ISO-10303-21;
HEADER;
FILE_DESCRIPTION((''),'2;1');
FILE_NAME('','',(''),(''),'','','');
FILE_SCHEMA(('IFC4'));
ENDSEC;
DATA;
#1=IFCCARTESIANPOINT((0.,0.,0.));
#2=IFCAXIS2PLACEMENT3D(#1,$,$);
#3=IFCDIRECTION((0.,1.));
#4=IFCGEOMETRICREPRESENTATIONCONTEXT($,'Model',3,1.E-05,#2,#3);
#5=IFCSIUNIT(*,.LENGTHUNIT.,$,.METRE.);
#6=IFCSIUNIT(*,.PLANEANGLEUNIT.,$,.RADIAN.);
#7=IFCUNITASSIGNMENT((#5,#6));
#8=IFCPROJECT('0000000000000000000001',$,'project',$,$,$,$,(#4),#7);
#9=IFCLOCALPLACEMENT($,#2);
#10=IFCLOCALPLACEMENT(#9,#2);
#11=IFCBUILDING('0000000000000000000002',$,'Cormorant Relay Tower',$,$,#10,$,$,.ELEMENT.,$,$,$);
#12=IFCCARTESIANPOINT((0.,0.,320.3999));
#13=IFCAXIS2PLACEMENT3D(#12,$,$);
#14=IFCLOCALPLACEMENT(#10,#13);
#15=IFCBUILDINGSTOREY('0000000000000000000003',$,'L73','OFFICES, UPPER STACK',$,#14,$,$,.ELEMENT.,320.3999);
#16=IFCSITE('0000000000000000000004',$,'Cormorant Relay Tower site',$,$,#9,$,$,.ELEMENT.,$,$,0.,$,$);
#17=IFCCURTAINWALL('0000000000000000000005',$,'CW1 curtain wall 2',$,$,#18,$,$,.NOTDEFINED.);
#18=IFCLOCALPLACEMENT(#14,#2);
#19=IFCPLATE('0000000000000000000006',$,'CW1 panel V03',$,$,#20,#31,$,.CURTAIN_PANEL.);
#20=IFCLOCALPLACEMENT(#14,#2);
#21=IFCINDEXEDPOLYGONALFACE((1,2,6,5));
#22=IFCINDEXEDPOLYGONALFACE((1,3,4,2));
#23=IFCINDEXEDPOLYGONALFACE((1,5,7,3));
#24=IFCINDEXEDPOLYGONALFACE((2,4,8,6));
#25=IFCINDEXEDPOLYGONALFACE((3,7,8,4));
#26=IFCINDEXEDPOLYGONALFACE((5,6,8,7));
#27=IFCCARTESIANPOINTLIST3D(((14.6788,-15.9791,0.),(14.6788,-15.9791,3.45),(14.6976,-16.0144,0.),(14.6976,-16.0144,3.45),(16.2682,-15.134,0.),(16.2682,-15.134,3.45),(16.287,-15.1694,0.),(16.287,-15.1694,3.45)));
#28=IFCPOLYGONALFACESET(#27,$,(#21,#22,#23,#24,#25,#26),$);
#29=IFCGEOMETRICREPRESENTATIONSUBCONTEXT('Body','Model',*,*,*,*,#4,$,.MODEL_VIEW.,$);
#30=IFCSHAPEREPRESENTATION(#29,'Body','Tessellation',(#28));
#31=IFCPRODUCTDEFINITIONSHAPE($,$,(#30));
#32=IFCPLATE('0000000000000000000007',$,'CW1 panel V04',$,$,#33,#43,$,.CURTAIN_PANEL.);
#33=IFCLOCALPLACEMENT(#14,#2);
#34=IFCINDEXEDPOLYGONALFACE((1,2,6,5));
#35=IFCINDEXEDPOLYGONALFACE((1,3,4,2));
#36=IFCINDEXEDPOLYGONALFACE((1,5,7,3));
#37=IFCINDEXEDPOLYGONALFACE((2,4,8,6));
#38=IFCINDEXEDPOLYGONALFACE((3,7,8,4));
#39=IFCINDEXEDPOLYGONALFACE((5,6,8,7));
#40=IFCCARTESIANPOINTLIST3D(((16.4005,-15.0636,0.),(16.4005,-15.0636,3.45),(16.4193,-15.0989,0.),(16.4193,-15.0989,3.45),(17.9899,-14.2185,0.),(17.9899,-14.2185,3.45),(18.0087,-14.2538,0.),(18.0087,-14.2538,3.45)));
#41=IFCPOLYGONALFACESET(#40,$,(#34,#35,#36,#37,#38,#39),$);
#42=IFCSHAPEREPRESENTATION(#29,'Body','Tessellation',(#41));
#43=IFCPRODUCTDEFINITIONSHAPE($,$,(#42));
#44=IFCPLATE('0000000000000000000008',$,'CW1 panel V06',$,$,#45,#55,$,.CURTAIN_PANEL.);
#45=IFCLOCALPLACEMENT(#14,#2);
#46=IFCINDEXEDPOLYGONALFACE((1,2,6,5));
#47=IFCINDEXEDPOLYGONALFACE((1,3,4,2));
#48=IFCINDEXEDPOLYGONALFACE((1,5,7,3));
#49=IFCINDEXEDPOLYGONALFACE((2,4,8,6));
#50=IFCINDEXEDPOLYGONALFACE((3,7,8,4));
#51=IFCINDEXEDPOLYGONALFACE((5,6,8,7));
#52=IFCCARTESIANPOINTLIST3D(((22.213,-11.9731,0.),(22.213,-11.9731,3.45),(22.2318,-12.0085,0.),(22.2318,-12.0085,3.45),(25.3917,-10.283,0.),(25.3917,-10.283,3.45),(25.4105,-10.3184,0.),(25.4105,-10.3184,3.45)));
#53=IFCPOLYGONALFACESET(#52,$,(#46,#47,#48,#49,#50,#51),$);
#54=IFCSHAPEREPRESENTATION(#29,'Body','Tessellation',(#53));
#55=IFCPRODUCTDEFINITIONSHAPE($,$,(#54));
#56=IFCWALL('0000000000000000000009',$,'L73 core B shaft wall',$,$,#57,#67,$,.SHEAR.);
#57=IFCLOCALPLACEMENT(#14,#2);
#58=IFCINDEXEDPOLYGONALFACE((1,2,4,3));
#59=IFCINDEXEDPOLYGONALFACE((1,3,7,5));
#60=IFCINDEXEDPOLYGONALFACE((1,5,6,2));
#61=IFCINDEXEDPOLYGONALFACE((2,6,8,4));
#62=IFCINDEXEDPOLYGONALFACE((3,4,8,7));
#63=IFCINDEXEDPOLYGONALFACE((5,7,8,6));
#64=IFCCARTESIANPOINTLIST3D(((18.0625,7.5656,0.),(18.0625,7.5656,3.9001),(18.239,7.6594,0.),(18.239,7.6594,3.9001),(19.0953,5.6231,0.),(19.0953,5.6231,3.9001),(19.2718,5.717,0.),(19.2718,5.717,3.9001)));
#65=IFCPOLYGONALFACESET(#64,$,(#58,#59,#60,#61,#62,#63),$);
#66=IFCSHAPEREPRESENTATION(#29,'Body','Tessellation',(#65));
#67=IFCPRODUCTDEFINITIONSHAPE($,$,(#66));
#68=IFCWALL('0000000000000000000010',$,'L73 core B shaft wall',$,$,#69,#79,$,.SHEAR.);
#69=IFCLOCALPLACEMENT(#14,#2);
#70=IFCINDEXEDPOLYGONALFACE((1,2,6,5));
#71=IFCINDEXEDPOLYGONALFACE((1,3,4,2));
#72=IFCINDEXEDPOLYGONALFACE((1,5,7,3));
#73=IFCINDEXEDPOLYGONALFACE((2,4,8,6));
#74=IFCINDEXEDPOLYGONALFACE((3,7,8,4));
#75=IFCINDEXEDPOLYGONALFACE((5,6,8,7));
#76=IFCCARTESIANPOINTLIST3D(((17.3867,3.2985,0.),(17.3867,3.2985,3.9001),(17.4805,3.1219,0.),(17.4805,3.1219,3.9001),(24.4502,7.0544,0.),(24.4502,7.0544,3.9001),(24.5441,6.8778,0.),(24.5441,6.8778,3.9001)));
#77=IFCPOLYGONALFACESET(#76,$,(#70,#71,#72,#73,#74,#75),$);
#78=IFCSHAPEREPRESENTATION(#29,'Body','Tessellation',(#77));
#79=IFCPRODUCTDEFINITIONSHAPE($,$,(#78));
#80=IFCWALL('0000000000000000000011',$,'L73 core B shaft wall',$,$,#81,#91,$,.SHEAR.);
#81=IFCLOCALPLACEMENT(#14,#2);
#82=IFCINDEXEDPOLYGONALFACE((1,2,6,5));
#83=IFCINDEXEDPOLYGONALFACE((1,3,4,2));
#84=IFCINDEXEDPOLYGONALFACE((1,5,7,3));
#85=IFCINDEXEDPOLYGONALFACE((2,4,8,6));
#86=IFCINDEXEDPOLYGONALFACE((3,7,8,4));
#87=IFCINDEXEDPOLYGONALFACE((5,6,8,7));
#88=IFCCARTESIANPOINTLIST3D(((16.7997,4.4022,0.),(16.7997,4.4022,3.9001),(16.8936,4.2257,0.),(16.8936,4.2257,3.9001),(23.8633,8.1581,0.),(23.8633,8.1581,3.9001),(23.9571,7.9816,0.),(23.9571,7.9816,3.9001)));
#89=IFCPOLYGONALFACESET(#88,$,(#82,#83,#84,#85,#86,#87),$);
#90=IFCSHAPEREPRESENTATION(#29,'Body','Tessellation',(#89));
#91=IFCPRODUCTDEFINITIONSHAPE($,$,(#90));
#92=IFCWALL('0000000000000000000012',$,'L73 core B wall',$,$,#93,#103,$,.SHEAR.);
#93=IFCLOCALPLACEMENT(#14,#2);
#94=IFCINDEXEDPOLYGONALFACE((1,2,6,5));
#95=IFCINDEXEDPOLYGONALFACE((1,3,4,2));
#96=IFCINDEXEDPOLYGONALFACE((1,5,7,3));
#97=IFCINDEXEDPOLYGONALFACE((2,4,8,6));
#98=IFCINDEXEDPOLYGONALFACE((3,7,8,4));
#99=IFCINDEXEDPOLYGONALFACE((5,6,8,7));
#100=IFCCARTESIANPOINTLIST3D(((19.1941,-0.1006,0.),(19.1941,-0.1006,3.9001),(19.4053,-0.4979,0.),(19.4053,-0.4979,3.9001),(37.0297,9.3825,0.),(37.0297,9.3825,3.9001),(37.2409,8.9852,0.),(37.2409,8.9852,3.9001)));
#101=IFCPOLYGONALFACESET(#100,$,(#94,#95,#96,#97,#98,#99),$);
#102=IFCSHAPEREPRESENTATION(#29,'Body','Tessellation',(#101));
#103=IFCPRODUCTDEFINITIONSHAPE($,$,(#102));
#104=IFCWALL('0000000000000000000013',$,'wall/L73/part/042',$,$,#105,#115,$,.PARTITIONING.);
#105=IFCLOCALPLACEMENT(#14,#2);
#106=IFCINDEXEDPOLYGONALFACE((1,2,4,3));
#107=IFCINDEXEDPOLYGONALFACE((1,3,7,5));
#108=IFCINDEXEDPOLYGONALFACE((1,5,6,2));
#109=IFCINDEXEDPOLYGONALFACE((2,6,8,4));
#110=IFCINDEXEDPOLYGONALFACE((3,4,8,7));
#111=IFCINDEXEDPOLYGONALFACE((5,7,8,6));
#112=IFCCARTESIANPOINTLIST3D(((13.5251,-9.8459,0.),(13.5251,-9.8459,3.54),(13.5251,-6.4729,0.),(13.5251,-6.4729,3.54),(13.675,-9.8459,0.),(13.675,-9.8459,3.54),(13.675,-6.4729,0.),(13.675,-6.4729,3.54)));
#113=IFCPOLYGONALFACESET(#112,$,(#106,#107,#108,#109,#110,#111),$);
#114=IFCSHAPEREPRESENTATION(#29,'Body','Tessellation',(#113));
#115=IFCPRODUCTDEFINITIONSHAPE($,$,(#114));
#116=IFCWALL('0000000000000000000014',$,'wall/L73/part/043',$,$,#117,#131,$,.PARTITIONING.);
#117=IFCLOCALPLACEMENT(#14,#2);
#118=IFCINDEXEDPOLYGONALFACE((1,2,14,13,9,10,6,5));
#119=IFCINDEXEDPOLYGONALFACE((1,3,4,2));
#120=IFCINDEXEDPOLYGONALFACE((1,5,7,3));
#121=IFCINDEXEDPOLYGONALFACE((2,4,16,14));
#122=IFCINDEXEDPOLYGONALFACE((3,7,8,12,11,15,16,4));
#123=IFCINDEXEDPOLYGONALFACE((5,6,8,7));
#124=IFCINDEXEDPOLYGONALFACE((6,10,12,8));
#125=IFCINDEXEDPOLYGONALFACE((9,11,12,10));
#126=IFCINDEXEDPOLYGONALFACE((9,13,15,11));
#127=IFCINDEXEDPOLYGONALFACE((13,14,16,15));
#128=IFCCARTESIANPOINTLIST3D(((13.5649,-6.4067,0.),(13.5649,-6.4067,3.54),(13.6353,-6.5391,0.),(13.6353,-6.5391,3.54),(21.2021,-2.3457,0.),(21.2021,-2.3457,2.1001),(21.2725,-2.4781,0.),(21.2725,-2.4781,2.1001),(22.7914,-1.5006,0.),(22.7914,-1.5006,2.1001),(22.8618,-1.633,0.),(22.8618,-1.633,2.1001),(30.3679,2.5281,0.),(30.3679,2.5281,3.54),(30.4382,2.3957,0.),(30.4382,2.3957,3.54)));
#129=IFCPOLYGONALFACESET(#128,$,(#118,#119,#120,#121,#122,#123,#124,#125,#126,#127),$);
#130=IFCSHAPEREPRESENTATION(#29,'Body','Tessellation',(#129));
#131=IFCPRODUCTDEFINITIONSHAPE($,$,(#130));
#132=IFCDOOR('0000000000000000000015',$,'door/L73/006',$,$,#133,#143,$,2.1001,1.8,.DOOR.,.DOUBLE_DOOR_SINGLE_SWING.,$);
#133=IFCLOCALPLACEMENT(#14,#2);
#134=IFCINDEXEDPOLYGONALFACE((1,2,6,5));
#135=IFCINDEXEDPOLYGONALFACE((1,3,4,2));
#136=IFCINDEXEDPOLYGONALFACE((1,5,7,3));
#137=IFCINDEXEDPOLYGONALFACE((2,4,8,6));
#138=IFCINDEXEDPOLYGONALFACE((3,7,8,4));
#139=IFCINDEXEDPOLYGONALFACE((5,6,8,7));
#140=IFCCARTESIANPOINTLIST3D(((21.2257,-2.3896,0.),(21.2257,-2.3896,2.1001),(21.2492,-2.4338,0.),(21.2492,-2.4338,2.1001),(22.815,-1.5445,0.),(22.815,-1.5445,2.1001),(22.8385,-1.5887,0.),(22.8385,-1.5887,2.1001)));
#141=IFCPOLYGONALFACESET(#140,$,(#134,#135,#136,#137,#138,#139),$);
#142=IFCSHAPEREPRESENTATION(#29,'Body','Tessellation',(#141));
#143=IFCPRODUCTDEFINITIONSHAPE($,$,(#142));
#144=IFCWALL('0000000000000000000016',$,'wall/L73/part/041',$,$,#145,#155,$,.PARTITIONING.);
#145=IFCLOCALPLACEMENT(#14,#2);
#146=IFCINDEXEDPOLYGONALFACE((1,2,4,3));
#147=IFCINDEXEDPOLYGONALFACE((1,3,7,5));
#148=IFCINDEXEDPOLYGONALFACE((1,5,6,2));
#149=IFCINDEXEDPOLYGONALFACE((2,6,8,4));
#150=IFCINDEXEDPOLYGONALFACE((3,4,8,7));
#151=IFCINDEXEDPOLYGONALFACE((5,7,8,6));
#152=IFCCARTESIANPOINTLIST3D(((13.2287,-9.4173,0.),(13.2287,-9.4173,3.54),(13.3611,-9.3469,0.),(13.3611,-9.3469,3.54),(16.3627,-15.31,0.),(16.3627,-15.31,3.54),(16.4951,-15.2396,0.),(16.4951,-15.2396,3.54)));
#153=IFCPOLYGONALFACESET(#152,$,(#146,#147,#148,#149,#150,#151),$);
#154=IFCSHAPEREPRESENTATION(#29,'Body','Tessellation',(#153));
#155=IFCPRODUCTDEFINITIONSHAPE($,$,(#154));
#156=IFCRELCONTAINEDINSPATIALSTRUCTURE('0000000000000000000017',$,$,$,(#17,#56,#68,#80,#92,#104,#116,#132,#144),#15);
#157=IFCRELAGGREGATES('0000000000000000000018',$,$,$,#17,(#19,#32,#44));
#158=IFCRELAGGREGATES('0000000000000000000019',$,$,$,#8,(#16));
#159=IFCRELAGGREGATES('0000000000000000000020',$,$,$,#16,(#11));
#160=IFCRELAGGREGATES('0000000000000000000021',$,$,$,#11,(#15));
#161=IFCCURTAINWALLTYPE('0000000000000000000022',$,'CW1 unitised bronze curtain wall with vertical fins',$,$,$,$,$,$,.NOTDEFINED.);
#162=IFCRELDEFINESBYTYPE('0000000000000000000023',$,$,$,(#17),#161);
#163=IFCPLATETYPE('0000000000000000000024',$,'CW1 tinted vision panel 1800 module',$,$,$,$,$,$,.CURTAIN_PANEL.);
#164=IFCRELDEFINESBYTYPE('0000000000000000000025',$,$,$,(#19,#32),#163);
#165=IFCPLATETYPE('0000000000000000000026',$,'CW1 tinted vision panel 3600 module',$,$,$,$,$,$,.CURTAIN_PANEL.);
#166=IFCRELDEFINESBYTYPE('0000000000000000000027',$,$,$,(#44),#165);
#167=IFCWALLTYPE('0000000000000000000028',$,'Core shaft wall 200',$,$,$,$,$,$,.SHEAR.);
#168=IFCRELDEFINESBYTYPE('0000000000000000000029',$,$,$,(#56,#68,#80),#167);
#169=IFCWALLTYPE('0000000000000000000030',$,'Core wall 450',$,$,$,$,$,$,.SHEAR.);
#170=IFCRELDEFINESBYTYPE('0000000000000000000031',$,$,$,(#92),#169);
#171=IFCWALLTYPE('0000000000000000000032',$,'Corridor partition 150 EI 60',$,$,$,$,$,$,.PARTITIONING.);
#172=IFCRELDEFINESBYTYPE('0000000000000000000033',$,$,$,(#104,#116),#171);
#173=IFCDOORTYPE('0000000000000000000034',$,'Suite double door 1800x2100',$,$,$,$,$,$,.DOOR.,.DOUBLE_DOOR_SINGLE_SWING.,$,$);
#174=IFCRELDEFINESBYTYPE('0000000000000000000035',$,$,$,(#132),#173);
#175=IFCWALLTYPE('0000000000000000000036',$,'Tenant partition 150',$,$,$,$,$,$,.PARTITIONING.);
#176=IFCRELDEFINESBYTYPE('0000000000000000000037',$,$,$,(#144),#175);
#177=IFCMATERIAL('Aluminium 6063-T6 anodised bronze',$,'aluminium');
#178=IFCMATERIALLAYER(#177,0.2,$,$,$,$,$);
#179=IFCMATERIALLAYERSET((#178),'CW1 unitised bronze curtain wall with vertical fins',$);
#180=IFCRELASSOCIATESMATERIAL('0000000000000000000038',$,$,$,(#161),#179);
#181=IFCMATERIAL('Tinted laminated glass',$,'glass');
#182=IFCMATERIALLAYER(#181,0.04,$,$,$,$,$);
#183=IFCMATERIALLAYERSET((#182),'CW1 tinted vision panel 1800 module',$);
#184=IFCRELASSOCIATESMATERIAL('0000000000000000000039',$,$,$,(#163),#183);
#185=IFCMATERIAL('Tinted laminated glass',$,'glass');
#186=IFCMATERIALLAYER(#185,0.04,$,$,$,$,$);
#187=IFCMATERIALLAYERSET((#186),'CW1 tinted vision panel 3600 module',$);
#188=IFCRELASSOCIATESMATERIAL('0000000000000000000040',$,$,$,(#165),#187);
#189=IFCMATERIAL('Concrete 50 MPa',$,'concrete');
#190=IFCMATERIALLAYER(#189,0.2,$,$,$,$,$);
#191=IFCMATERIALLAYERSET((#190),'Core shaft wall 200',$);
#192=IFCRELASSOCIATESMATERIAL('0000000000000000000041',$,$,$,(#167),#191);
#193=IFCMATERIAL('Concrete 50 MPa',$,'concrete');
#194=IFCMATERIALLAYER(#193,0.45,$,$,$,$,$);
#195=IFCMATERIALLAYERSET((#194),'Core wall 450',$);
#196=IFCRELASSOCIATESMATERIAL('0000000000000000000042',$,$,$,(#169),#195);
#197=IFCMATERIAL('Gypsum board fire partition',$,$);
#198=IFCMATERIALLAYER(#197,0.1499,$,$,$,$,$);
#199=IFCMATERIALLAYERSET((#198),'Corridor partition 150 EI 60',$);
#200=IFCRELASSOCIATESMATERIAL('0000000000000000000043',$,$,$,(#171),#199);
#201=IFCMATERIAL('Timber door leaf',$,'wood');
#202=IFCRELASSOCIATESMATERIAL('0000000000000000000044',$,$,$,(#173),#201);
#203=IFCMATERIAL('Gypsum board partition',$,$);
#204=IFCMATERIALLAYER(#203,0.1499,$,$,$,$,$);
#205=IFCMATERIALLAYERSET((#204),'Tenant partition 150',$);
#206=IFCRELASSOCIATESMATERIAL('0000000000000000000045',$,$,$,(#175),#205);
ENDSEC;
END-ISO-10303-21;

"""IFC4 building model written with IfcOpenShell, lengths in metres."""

from ifc_helpers import new_model, si_unit, direction, frame, frame_2d, origin, origin_2d, place, context, subcontext, project, spatial, rectangle, extrude, material, layer, layer_set, type_object, element, fill, aggregate, save


model = new_model("IFC4")

# Units and contexts
model_context = context("Model", 3, precision=1e-05, world=origin(), true_north=direction((0.0, 1.0)))
body_context = subcontext(model_context, "Body", "Model", "MODEL_VIEW")
ifc_project = project(units=[si_unit("LENGTHUNIT", "METRE"), si_unit("PLANEANGLEUNIT", "RADIAN")], contexts=[model_context])

# Site, building, storey
site_placement = place(None, origin())
site = spatial("IfcSite", under=ifc_project, at=site_placement, Name="Cormorant Relay Tower site", CompositionType="ELEMENT", RefElevation=0.0)
building_placement = place(site_placement, origin())
building = spatial("IfcBuilding", under=site, at=building_placement, Name="Cormorant Relay Tower", CompositionType="ELEMENT")
storey_placement = place(building_placement, frame((0.0, 0.0, 320.3999)))
storey = spatial("IfcBuildingStorey", under=building, at=storey_placement, Name="L73", Description="OFFICES, UPPER STACK", CompositionType="ELEMENT", Elevation=320.3999)

# Curtain wall
ifc_material_1 = material(Name="Aluminium 6063-T6 anodised bronze", Category="aluminium")
ifc_layer_1 = layer(ifc_material_1, 0.2)
ifc_layer_set_1 = layer_set([ifc_layer_1], Name="CW1 unitised bronze curtain wall with vertical fins")
curtain_wall_type = type_object("IfcCurtainWallType", Name="CW1 unitised bronze curtain wall with vertical fins", PredefinedType="NOTDEFINED", material=ifc_layer_set_1)
curtain_wall_placement = place(storey_placement, origin())
curtain_wall = element("IfcCurtainWall", 1, at=curtain_wall_placement, inside=storey, type_object=curtain_wall_type, Name="CW1 curtain wall 2", PredefinedType="NOTDEFINED")

# Plates
ifc_material_2 = material(Name="Tinted laminated glass", Category="glass")
ifc_layer_2 = layer(ifc_material_2, 0.04)
ifc_layer_set_2 = layer_set([ifc_layer_2], Name="CW1 tinted vision panel 1800 module")
plate_type_1 = type_object("IfcPlateType", Name="CW1 tinted vision panel 1800 module", PredefinedType="CURTAIN_PANEL", material=ifc_layer_set_2)
plate_1_placement = place(storey_placement, frame((15.4829, -15.5742, 0.0), z_axis=(0.0, 0.0, 1.0), x_axis=(0.882948, 0.469472, 0.0)))
plate_1 = element("IfcPlate", 2, at=plate_1_placement, type_object=plate_type_1, Name="CW1 panel V03", PredefinedType="CURTAIN_PANEL", context=body_context, shape_type="SweptSolid", body=[
    extrude(rectangle(XDim=1.8, YDim=0.04, at=origin_2d()), origin(), (0.0, 0.0, 1.0), 3.45),
])
plate_2_placement = place(storey_placement, frame((17.2046, -14.6587, 0.0), z_axis=(0.0, 0.0, 1.0), x_axis=(0.882948, 0.469472, 0.0)))
plate_2 = element("IfcPlate", 3, at=plate_2_placement, type_object=plate_type_1, Name="CW1 panel V04", PredefinedType="CURTAIN_PANEL", context=body_context, shape_type="SweptSolid", body=[
    extrude(rectangle(XDim=1.8, YDim=0.04, at=origin_2d()), origin(), (0.0, 0.0, 1.0), 3.45),
])
ifc_material_3 = material(Name="Tinted laminated glass", Category="glass")
ifc_layer_3 = layer(ifc_material_3, 0.04)
ifc_layer_set_3 = layer_set([ifc_layer_3], Name="CW1 tinted vision panel 3600 module")
plate_type_2 = type_object("IfcPlateType", Name="CW1 tinted vision panel 3600 module", PredefinedType="CURTAIN_PANEL", material=ifc_layer_set_3)
plate_3_placement = place(storey_placement, frame((23.8118, -11.1458, 0.0), z_axis=(0.0, 0.0, 1.0), x_axis=(0.882948, 0.469472, 0.0)))
plate_3 = element("IfcPlate", 4, at=plate_3_placement, type_object=plate_type_2, Name="CW1 panel V06", PredefinedType="CURTAIN_PANEL", context=body_context, shape_type="SweptSolid", body=[
    extrude(rectangle(XDim=3.6001, YDim=0.04, at=origin_2d()), origin(), (0.0, 0.0, 1.0), 3.45),
])

# Walls
ifc_material_4 = material(Name="Concrete 50 MPa", Category="concrete")
ifc_layer_4 = layer(ifc_material_4, 0.2)
ifc_layer_set_4 = layer_set([ifc_layer_4], Name="Core shaft wall 200")
wall_type_1 = type_object("IfcWallType", Name="Core shaft wall 200", PredefinedType="SHEAR", material=ifc_layer_set_4)
wall_1_placement = place(storey_placement, frame((19.1836, 5.6699, 0.0), z_axis=(0.0, 0.0, 1.0), x_axis=(-0.469447, 0.88296, 0.0)))
element("IfcWall", 5, at=wall_1_placement, inside=storey, type_object=wall_type_1, Name="L73 core B shaft wall", PredefinedType="SHEAR", context=body_context, shape_type="SweptSolid", body=[
    extrude(rectangle(XDim=2.2, YDim=0.2, at=frame_2d((1.1001, 0.0))), origin(), (0.0, 0.0, 1.0), 3.9001),
])
for number, where, z_axis, x_axis, name in (
    (6, (17.4336, 3.2102, 0.0), (0.0, 0.0, 1.0), (0.88294, 0.469485, 0.0), "L73 core B shaft wall"),
    (7, (16.8467, 4.314, 0.0), (0.0, 0.0, 1.0), (0.88294, 0.469485, 0.0), "L73 core B shaft wall"),
):
    element("IfcWall", number, at=place(storey_placement, frame(where, z_axis=z_axis, x_axis=x_axis)), inside=storey, type_object=wall_type_1, Name=name, PredefinedType="SHEAR", context=body_context, shape_type="SweptSolid", body=[
        extrude(rectangle(XDim=8.0, YDim=0.2, at=frame_2d((4.0, 0.0))), origin(), (0.0, 0.0, 1.0), 3.9001),
    ])

# Shared definitions
ifc_material_5 = material(Name="Concrete 50 MPa", Category="concrete")
ifc_layer_5 = layer(ifc_material_5, 0.45)
ifc_layer_set_5 = layer_set([ifc_layer_5], Name="Core wall 450")
wall_type_2 = type_object("IfcWallType", Name="Core wall 450", PredefinedType="SHEAR", material=ifc_layer_set_5)

# Walls
wall_2_placement = place(storey_placement, frame((19.2996, -0.2993, 0.0), z_axis=(0.0, 0.0, 1.0), x_axis=(0.882953, 0.469462, 0.0)))
element("IfcWall", 8, at=wall_2_placement, inside=storey, type_object=wall_type_2, Name="L73 core B wall", PredefinedType="SHEAR", context=body_context, shape_type="SweptSolid", body=[
    extrude(rectangle(XDim=20.2, YDim=0.45, at=frame_2d((10.1001, 0.0))), origin(), (0.0, 0.0, 1.0), 3.9001),
])
ifc_material_6 = material(Name="Gypsum board fire partition")
ifc_layer_6 = layer(ifc_material_6, 0.1499)
ifc_layer_set_6 = layer_set([ifc_layer_6], Name="Corridor partition 150 EI 60")
wall_type_3 = type_object("IfcWallType", Name="Corridor partition 150 EI 60", PredefinedType="PARTITIONING", material=ifc_layer_set_6)
wall_3_placement = place(storey_placement, frame((13.6001, -6.4729, 0.0), z_axis=(0.0, 0.0, 1.0), x_axis=(0.0, -1.0, 0.0)))
element("IfcWall", 9, at=wall_3_placement, inside=storey, type_object=wall_type_3, Name="wall/L73/part/042", PredefinedType="PARTITIONING", context=body_context, shape_type="SweptSolid", body=[
    extrude(rectangle(XDim=3.373, YDim=0.1499, at=frame_2d((1.6865, 0.0))), origin(), (0.0, 0.0, 1.0), 3.54),
])

# Wall, opening, door
wall_4_placement = place(storey_placement, frame((13.6001, -6.4729, 0.0), z_axis=(0.0, 0.0, 1.0), x_axis=(0.882936, 0.469493, 0.0)))
wall_4 = element("IfcWall", 10, at=wall_4_placement, inside=storey, type_object=wall_type_3, Name="wall/L73/part/043", PredefinedType="PARTITIONING", context=body_context, shape_type="SweptSolid", body=[
    extrude(rectangle(XDim=19.0308, YDim=0.1499, at=frame_2d((9.5154, 0.0))), origin(), (0.0, 0.0, 1.0), 3.54),
])
opening_1_placement = place(wall_4_placement, frame((8.6499, 0.0, 0.0)))
opening_1 = element("IfcOpeningElement", 11, at=opening_1_placement, cuts=wall_4, PredefinedType="OPENING", context=body_context, shape_type="SweptSolid", body=[
    extrude(rectangle(XDim=1.8, YDim=2.1001, at=frame_2d((0.8999, 1.05))), frame((0.0, 0.085, 0.0), z_axis=(0.0, -1.0, 0.0), x_axis=(1.0, 0.0, 0.0)), (0.0, 0.0, 1.0), 0.1699),
])
ifc_material_7 = material(Name="Timber door leaf", Category="wood")
door_type_1 = type_object("IfcDoorType", Name="Suite double door 1800x2100", OperationType="DOUBLE_DOOR_SINGLE_SWING", PredefinedType="DOOR", material=ifc_material_7)
door_1_placement = place(opening_1_placement, frame((1.8, 0.0, 0.0), z_axis=(0.0, 0.0, 1.0), x_axis=(-1.0, 0.0, 0.0)))
door_1 = element("IfcDoor", 12, at=door_1_placement, inside=storey, type_object=door_type_1, Name="door/L73/006", OperationType="DOUBLE_DOOR_SINGLE_SWING", OverallHeight=2.1001, OverallWidth=1.8, PredefinedType="DOOR", context=body_context, shape_type="SweptSolid", body=[
    extrude(rectangle(XDim=1.8, YDim=2.1001, at=frame_2d((0.8999, 1.05))), frame((0.0, 0.0249, 0.0), z_axis=(0.0, -1.0, 0.0), x_axis=(1.0, 0.0, 0.0)), (0.0, 0.0, 1.0), 0.05),
])
fill(opening_1, door_1)

# Wall
ifc_material_8 = material(Name="Gypsum board partition")
ifc_layer_7 = layer(ifc_material_8, 0.1499)
ifc_layer_set_7 = layer_set([ifc_layer_7], Name="Tenant partition 150")
wall_type_4 = type_object("IfcWallType", Name="Tenant partition 150", PredefinedType="PARTITIONING", material=ifc_layer_set_7)
wall_5_placement = place(storey_placement, frame((13.2949, -9.3821, 0.0), z_axis=(0.0, 0.0, 1.0), x_axis=(0.469561, -0.8829, 0.0)))
element("IfcWall", 13, at=wall_5_placement, inside=storey, type_object=wall_type_4, Name="wall/L73/part/041", PredefinedType="PARTITIONING", context=body_context, shape_type="SweptSolid", body=[
    extrude(rectangle(XDim=6.6743, YDim=0.1499, at=frame_2d((3.3372, 0.0))), origin(), (0.0, 0.0, 1.0), 3.54),
])

aggregate(curtain_wall, [plate_1, plate_2, plate_3])

save(model, "model.ifc")
